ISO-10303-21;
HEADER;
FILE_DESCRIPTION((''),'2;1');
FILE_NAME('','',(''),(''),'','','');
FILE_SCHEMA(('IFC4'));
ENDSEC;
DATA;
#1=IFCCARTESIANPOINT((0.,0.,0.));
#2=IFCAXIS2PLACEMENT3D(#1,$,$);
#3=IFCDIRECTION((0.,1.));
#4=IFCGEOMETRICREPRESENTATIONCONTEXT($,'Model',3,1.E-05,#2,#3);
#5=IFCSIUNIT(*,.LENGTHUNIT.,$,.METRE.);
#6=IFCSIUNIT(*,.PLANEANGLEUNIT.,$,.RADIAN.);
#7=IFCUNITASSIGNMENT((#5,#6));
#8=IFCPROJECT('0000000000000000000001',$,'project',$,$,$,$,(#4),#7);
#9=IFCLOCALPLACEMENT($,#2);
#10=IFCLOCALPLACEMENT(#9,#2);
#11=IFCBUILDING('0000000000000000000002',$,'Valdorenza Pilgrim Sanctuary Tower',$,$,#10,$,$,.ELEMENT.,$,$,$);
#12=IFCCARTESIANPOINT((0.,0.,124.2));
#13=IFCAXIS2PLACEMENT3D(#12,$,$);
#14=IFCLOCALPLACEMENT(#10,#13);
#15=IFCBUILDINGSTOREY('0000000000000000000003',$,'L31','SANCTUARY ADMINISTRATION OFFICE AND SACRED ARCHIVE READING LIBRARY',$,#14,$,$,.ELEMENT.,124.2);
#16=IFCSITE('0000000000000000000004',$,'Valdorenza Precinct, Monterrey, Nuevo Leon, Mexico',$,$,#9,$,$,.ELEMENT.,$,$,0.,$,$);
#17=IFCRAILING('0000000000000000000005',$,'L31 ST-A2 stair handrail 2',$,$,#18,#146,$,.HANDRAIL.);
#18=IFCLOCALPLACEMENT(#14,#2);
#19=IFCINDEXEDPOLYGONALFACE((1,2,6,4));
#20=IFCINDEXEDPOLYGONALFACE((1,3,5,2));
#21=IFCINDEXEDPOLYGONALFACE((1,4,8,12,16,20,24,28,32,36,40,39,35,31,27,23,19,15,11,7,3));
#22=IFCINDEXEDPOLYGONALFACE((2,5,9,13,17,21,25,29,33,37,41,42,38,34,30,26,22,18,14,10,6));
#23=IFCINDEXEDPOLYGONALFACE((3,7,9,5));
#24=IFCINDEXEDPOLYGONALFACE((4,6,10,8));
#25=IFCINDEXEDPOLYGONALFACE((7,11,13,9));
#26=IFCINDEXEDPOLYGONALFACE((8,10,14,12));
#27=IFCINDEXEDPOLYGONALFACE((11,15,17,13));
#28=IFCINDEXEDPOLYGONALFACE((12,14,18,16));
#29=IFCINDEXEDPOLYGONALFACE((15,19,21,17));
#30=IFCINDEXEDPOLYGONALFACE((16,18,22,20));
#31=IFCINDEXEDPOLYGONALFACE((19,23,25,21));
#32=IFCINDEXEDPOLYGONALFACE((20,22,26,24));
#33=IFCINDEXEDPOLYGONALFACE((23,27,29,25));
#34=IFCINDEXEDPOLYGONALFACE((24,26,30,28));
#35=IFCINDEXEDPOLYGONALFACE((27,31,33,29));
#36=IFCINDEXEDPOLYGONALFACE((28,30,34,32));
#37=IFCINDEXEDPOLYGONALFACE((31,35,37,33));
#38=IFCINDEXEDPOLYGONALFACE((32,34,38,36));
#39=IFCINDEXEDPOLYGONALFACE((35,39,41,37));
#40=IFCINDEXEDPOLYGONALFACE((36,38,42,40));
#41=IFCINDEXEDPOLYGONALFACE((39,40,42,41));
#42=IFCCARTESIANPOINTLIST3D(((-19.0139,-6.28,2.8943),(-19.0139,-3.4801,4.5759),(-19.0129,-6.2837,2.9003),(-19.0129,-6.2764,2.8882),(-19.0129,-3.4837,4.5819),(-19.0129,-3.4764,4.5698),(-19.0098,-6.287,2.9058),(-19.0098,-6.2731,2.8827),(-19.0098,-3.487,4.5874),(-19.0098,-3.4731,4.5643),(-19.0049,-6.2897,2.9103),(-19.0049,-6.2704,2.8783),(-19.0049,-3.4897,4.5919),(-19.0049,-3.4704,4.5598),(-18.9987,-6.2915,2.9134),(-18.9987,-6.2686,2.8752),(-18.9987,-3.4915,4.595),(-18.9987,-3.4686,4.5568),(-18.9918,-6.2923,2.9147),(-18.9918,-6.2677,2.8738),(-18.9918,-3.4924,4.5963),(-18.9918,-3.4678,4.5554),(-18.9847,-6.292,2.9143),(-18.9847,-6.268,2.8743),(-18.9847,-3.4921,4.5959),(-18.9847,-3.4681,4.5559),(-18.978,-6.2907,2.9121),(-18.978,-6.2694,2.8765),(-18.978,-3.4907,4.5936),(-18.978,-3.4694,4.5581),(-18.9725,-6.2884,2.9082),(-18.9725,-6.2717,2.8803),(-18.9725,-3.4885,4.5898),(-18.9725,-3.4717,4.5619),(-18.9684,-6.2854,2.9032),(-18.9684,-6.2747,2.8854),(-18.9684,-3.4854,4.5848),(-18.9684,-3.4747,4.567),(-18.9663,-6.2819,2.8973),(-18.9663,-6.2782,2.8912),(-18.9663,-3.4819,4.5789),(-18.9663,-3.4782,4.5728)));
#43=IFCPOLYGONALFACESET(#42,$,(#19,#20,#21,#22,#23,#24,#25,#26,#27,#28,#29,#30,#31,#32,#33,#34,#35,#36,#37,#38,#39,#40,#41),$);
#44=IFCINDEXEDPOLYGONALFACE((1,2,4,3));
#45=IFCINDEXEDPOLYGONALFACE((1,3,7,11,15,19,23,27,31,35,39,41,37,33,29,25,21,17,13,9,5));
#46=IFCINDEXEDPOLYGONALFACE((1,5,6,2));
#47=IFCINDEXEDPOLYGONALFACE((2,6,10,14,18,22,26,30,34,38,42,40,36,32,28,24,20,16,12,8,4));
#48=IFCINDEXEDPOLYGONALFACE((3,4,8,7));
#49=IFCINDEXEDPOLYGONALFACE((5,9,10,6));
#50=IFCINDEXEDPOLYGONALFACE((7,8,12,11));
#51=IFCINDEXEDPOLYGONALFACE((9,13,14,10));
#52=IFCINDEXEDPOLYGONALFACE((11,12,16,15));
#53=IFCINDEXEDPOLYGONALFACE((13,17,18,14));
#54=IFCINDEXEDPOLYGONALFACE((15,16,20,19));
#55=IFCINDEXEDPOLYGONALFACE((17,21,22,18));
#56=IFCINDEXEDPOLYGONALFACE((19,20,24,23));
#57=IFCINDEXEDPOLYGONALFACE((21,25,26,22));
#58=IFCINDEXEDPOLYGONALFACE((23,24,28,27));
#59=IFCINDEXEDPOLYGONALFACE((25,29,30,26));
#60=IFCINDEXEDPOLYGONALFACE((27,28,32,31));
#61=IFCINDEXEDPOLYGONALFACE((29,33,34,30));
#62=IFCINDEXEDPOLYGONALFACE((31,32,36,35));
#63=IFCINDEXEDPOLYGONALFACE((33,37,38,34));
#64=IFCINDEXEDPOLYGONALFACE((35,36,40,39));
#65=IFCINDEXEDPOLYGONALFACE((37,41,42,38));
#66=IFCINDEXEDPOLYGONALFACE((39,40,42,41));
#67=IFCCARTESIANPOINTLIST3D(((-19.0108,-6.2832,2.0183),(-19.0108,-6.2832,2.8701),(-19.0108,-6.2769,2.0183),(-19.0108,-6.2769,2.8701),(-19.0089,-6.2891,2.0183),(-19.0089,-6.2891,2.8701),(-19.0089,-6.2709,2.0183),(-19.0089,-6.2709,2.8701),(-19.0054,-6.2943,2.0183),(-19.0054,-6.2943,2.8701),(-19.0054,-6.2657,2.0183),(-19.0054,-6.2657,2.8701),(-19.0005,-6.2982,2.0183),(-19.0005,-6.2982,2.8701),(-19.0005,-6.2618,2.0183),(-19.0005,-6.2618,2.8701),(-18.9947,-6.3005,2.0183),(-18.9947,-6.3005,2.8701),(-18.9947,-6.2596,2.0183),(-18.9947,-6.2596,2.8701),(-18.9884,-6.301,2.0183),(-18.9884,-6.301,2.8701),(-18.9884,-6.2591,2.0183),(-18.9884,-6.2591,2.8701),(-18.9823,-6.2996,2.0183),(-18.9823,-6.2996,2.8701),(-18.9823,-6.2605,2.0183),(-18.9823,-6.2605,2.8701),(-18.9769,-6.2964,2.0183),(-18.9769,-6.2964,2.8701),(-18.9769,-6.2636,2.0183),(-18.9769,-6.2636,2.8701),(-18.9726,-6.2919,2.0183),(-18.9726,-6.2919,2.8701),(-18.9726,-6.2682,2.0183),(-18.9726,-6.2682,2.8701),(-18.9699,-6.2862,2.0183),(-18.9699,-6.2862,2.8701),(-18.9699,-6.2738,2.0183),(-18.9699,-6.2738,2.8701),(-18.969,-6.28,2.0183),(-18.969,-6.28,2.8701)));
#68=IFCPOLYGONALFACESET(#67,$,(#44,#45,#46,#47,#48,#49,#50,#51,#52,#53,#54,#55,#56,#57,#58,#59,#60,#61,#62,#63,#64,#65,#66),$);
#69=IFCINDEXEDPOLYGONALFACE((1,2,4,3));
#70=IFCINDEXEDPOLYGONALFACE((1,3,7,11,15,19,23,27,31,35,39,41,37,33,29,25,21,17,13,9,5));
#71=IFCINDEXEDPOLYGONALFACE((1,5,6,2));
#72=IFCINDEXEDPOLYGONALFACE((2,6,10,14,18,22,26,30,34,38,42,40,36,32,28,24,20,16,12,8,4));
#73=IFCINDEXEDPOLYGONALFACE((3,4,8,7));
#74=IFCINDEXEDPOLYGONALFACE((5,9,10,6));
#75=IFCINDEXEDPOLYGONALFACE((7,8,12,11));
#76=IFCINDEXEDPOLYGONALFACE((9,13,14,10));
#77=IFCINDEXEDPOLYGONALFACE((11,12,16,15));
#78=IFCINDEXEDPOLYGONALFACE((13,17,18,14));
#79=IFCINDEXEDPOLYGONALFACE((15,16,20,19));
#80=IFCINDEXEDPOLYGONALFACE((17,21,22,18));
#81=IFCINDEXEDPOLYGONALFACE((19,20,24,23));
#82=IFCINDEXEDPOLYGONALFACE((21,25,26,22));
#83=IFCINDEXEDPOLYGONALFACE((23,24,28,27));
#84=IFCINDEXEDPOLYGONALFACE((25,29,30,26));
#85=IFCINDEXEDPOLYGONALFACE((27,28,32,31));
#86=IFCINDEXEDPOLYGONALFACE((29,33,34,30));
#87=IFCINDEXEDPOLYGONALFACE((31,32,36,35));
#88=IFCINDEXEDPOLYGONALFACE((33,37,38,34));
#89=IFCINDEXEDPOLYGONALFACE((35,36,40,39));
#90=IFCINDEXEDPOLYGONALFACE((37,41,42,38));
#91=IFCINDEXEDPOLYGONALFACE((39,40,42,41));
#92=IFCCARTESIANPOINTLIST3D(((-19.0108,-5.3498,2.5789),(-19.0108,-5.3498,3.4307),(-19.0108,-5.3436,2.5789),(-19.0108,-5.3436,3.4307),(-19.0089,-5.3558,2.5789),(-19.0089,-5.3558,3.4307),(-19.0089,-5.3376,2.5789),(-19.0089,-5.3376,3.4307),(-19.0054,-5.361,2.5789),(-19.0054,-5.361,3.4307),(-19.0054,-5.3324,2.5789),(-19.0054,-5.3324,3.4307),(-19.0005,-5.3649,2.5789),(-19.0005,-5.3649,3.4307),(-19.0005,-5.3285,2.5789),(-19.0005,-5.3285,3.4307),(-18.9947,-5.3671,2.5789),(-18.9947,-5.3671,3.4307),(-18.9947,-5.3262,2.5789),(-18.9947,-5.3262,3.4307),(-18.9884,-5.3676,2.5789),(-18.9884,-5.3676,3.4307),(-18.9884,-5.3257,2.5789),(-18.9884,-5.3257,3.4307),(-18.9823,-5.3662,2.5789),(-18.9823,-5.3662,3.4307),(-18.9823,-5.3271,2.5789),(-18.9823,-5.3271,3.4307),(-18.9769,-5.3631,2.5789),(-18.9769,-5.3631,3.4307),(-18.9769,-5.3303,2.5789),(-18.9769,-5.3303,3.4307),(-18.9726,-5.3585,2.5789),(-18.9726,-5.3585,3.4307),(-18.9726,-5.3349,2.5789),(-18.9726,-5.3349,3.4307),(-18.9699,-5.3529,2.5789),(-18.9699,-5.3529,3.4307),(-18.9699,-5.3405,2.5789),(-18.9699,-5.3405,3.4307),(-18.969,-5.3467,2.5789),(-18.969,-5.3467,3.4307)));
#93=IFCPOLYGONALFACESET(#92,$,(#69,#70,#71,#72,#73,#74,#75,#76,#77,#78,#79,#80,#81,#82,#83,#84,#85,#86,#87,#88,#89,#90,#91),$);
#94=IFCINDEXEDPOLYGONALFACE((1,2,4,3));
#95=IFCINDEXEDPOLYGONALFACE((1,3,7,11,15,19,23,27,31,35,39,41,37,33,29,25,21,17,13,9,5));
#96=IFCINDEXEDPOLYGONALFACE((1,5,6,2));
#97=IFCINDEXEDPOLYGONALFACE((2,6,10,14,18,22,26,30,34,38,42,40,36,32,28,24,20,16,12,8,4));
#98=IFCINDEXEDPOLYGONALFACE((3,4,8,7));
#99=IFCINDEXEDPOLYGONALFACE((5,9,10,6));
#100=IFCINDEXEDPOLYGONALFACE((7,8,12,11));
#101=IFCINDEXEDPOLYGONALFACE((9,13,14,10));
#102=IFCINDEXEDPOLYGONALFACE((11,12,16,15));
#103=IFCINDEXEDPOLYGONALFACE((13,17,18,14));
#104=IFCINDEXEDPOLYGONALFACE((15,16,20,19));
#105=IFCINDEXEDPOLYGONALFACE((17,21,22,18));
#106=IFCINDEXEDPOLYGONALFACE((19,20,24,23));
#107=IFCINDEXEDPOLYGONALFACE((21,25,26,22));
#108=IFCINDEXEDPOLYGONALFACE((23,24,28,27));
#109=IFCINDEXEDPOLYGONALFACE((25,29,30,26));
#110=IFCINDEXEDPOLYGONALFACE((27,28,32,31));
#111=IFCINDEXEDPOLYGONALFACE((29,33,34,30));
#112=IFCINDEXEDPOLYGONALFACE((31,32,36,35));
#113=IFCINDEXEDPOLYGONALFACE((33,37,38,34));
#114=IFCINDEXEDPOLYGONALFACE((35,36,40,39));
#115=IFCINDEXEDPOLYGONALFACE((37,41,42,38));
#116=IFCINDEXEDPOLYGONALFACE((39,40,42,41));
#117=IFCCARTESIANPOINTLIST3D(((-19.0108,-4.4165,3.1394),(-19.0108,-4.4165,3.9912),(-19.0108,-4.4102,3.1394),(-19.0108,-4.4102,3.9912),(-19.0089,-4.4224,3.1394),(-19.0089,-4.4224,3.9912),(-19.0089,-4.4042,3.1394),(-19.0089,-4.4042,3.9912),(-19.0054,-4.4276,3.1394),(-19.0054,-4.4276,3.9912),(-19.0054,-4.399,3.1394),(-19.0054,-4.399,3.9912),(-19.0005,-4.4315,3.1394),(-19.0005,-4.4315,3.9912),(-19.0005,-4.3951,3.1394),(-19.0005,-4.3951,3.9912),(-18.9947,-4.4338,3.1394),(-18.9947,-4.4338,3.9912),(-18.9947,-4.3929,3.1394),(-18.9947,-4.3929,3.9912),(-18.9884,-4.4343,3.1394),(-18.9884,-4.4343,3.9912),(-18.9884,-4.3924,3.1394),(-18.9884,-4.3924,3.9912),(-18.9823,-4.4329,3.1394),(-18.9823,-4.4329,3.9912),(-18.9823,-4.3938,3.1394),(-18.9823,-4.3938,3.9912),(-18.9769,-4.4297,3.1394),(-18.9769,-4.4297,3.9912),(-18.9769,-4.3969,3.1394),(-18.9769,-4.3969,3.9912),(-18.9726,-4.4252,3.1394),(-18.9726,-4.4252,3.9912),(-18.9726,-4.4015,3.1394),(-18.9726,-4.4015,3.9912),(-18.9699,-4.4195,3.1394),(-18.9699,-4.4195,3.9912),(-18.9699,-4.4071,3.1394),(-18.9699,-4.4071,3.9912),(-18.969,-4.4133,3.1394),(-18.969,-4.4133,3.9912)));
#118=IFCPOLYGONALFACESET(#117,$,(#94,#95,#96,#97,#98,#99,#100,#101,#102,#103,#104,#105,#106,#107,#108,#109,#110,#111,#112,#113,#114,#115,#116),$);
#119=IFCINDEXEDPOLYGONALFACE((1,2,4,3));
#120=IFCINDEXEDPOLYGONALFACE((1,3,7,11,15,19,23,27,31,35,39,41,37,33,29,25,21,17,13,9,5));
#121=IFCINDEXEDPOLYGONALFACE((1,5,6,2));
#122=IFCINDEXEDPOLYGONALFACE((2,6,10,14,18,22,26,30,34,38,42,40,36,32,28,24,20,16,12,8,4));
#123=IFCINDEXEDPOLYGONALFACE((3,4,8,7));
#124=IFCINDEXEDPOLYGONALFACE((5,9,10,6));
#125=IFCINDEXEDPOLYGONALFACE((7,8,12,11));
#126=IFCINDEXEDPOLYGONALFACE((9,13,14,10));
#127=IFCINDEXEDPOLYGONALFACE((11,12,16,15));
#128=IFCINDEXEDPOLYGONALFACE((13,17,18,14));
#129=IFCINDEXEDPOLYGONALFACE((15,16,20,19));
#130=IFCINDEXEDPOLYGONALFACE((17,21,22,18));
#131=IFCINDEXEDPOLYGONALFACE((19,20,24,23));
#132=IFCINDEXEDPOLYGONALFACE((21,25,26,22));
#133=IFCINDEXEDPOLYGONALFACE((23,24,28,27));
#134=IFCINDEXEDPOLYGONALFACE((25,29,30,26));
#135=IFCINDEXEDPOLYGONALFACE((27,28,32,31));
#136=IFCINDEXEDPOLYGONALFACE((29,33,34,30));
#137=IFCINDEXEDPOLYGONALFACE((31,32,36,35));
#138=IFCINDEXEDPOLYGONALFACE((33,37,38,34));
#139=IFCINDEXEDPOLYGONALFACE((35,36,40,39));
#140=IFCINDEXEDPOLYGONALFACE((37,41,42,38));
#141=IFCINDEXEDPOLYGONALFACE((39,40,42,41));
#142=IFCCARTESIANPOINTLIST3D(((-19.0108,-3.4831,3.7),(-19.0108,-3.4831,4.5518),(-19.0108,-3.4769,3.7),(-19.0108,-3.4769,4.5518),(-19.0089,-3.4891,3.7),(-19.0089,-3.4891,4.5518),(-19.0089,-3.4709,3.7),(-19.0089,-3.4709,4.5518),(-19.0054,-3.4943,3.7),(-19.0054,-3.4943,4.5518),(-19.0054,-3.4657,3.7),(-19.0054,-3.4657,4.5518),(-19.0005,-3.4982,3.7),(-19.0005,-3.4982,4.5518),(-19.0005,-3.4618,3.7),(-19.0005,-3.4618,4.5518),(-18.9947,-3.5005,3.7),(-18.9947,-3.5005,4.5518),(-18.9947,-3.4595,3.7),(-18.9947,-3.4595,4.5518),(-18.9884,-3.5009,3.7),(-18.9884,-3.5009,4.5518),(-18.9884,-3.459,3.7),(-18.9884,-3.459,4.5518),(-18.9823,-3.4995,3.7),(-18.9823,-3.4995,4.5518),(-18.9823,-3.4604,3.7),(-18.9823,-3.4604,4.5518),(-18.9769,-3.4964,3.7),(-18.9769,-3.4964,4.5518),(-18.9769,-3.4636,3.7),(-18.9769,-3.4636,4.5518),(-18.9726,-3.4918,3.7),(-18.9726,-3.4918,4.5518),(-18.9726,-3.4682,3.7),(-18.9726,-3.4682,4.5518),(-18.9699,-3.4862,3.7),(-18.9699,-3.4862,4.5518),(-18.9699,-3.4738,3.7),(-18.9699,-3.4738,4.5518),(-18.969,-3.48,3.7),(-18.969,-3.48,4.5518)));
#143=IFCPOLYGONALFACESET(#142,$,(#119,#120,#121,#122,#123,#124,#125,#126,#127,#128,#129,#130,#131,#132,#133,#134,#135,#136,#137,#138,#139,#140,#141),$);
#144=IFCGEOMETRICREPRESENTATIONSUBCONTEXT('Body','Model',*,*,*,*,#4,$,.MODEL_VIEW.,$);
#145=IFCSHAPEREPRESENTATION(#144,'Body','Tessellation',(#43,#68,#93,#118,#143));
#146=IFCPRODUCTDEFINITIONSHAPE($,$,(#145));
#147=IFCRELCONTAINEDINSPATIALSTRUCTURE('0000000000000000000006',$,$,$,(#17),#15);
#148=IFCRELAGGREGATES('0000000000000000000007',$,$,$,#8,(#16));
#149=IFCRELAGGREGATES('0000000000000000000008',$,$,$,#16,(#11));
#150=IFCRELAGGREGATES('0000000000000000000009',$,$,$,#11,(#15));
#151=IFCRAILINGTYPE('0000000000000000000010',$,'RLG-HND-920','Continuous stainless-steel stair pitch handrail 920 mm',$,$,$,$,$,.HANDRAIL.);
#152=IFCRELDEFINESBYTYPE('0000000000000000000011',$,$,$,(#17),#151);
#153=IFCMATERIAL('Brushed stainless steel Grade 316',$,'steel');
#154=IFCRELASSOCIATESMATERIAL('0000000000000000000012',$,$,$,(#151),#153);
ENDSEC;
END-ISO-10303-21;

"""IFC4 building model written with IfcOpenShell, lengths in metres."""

from ifc_helpers import new_model, si_unit, direction, frame, origin, origin_2d, place, context, subcontext, project, spatial, circle, extrude, material, type_object, element, save


model = new_model("IFC4")

# Units and contexts
model_context = context("Model", 3, precision=1e-05, world=origin(), true_north=direction((0.0, 1.0)))
body_context = subcontext(model_context, "Body", "Model", "MODEL_VIEW")
ifc_project = project(units=[si_unit("LENGTHUNIT", "METRE"), si_unit("PLANEANGLEUNIT", "RADIAN")], contexts=[model_context])

# Site, building, storey
site_placement = place(None, origin())
site = spatial("IfcSite", under=ifc_project, at=site_placement, Name="Valdorenza Precinct, Monterrey, Nuevo Leon, Mexico", CompositionType="ELEMENT", RefElevation=0.0)
building_placement = place(site_placement, origin())
building = spatial("IfcBuilding", under=site, at=building_placement, Name="Valdorenza Pilgrim Sanctuary Tower", CompositionType="ELEMENT")
storey_placement = place(building_placement, frame((0.0, 0.0, 124.2)))
storey = spatial("IfcBuildingStorey", under=building, at=storey_placement, Name="L31", Description="SANCTUARY ADMINISTRATION OFFICE AND SACRED ARCHIVE READING LIBRARY", CompositionType="ELEMENT", Elevation=124.2)

# Shared definitions
ifc_material_1 = material(Name="Brushed stainless steel Grade 316", Category="steel")

# Railing
railing_type_1 = type_object("IfcRailingType", Name="RLG-HND-920", Description="Continuous stainless-steel stair pitch handrail 920 mm", PredefinedType="HANDRAIL", material=ifc_material_1)
railing_1_placement = place(storey_placement, frame((-18.99, -6.28, 2.0183)))
element("IfcRailing", 1, at=railing_1_placement, inside=storey, type_object=railing_type_1, Name="L31 ST-A2 stair handrail 2", PredefinedType="HANDRAIL", context=body_context, shape_type="SweptSolid", body=[
    extrude(circle(Radius=0.0239, at=origin_2d()), frame((0.0, 0.0, 0.876), z_axis=(0.0, 0.857275, 0.514858), x_axis=(-1.0, 0.0, 0.0)), (0.0, 0.0, 1.0), 3.2661),
    extrude(circle(Radius=0.021, at=origin_2d()), origin(), (0.0, 0.0, 1.0), 0.8518),
    extrude(circle(Radius=0.021, at=origin_2d()), frame((0.0, 0.9333, 0.5605)), (0.0, 0.0, 1.0), 0.8518),
    extrude(circle(Radius=0.021, at=origin_2d()), frame((0.0, 1.8667, 1.1211)), (0.0, 0.0, 1.0), 0.8518),
    extrude(circle(Radius=0.021, at=origin_2d()), frame((0.0, 2.8, 1.6816)), (0.0, 0.0, 1.0), 0.8518),
])

save(model, "model.ifc")
